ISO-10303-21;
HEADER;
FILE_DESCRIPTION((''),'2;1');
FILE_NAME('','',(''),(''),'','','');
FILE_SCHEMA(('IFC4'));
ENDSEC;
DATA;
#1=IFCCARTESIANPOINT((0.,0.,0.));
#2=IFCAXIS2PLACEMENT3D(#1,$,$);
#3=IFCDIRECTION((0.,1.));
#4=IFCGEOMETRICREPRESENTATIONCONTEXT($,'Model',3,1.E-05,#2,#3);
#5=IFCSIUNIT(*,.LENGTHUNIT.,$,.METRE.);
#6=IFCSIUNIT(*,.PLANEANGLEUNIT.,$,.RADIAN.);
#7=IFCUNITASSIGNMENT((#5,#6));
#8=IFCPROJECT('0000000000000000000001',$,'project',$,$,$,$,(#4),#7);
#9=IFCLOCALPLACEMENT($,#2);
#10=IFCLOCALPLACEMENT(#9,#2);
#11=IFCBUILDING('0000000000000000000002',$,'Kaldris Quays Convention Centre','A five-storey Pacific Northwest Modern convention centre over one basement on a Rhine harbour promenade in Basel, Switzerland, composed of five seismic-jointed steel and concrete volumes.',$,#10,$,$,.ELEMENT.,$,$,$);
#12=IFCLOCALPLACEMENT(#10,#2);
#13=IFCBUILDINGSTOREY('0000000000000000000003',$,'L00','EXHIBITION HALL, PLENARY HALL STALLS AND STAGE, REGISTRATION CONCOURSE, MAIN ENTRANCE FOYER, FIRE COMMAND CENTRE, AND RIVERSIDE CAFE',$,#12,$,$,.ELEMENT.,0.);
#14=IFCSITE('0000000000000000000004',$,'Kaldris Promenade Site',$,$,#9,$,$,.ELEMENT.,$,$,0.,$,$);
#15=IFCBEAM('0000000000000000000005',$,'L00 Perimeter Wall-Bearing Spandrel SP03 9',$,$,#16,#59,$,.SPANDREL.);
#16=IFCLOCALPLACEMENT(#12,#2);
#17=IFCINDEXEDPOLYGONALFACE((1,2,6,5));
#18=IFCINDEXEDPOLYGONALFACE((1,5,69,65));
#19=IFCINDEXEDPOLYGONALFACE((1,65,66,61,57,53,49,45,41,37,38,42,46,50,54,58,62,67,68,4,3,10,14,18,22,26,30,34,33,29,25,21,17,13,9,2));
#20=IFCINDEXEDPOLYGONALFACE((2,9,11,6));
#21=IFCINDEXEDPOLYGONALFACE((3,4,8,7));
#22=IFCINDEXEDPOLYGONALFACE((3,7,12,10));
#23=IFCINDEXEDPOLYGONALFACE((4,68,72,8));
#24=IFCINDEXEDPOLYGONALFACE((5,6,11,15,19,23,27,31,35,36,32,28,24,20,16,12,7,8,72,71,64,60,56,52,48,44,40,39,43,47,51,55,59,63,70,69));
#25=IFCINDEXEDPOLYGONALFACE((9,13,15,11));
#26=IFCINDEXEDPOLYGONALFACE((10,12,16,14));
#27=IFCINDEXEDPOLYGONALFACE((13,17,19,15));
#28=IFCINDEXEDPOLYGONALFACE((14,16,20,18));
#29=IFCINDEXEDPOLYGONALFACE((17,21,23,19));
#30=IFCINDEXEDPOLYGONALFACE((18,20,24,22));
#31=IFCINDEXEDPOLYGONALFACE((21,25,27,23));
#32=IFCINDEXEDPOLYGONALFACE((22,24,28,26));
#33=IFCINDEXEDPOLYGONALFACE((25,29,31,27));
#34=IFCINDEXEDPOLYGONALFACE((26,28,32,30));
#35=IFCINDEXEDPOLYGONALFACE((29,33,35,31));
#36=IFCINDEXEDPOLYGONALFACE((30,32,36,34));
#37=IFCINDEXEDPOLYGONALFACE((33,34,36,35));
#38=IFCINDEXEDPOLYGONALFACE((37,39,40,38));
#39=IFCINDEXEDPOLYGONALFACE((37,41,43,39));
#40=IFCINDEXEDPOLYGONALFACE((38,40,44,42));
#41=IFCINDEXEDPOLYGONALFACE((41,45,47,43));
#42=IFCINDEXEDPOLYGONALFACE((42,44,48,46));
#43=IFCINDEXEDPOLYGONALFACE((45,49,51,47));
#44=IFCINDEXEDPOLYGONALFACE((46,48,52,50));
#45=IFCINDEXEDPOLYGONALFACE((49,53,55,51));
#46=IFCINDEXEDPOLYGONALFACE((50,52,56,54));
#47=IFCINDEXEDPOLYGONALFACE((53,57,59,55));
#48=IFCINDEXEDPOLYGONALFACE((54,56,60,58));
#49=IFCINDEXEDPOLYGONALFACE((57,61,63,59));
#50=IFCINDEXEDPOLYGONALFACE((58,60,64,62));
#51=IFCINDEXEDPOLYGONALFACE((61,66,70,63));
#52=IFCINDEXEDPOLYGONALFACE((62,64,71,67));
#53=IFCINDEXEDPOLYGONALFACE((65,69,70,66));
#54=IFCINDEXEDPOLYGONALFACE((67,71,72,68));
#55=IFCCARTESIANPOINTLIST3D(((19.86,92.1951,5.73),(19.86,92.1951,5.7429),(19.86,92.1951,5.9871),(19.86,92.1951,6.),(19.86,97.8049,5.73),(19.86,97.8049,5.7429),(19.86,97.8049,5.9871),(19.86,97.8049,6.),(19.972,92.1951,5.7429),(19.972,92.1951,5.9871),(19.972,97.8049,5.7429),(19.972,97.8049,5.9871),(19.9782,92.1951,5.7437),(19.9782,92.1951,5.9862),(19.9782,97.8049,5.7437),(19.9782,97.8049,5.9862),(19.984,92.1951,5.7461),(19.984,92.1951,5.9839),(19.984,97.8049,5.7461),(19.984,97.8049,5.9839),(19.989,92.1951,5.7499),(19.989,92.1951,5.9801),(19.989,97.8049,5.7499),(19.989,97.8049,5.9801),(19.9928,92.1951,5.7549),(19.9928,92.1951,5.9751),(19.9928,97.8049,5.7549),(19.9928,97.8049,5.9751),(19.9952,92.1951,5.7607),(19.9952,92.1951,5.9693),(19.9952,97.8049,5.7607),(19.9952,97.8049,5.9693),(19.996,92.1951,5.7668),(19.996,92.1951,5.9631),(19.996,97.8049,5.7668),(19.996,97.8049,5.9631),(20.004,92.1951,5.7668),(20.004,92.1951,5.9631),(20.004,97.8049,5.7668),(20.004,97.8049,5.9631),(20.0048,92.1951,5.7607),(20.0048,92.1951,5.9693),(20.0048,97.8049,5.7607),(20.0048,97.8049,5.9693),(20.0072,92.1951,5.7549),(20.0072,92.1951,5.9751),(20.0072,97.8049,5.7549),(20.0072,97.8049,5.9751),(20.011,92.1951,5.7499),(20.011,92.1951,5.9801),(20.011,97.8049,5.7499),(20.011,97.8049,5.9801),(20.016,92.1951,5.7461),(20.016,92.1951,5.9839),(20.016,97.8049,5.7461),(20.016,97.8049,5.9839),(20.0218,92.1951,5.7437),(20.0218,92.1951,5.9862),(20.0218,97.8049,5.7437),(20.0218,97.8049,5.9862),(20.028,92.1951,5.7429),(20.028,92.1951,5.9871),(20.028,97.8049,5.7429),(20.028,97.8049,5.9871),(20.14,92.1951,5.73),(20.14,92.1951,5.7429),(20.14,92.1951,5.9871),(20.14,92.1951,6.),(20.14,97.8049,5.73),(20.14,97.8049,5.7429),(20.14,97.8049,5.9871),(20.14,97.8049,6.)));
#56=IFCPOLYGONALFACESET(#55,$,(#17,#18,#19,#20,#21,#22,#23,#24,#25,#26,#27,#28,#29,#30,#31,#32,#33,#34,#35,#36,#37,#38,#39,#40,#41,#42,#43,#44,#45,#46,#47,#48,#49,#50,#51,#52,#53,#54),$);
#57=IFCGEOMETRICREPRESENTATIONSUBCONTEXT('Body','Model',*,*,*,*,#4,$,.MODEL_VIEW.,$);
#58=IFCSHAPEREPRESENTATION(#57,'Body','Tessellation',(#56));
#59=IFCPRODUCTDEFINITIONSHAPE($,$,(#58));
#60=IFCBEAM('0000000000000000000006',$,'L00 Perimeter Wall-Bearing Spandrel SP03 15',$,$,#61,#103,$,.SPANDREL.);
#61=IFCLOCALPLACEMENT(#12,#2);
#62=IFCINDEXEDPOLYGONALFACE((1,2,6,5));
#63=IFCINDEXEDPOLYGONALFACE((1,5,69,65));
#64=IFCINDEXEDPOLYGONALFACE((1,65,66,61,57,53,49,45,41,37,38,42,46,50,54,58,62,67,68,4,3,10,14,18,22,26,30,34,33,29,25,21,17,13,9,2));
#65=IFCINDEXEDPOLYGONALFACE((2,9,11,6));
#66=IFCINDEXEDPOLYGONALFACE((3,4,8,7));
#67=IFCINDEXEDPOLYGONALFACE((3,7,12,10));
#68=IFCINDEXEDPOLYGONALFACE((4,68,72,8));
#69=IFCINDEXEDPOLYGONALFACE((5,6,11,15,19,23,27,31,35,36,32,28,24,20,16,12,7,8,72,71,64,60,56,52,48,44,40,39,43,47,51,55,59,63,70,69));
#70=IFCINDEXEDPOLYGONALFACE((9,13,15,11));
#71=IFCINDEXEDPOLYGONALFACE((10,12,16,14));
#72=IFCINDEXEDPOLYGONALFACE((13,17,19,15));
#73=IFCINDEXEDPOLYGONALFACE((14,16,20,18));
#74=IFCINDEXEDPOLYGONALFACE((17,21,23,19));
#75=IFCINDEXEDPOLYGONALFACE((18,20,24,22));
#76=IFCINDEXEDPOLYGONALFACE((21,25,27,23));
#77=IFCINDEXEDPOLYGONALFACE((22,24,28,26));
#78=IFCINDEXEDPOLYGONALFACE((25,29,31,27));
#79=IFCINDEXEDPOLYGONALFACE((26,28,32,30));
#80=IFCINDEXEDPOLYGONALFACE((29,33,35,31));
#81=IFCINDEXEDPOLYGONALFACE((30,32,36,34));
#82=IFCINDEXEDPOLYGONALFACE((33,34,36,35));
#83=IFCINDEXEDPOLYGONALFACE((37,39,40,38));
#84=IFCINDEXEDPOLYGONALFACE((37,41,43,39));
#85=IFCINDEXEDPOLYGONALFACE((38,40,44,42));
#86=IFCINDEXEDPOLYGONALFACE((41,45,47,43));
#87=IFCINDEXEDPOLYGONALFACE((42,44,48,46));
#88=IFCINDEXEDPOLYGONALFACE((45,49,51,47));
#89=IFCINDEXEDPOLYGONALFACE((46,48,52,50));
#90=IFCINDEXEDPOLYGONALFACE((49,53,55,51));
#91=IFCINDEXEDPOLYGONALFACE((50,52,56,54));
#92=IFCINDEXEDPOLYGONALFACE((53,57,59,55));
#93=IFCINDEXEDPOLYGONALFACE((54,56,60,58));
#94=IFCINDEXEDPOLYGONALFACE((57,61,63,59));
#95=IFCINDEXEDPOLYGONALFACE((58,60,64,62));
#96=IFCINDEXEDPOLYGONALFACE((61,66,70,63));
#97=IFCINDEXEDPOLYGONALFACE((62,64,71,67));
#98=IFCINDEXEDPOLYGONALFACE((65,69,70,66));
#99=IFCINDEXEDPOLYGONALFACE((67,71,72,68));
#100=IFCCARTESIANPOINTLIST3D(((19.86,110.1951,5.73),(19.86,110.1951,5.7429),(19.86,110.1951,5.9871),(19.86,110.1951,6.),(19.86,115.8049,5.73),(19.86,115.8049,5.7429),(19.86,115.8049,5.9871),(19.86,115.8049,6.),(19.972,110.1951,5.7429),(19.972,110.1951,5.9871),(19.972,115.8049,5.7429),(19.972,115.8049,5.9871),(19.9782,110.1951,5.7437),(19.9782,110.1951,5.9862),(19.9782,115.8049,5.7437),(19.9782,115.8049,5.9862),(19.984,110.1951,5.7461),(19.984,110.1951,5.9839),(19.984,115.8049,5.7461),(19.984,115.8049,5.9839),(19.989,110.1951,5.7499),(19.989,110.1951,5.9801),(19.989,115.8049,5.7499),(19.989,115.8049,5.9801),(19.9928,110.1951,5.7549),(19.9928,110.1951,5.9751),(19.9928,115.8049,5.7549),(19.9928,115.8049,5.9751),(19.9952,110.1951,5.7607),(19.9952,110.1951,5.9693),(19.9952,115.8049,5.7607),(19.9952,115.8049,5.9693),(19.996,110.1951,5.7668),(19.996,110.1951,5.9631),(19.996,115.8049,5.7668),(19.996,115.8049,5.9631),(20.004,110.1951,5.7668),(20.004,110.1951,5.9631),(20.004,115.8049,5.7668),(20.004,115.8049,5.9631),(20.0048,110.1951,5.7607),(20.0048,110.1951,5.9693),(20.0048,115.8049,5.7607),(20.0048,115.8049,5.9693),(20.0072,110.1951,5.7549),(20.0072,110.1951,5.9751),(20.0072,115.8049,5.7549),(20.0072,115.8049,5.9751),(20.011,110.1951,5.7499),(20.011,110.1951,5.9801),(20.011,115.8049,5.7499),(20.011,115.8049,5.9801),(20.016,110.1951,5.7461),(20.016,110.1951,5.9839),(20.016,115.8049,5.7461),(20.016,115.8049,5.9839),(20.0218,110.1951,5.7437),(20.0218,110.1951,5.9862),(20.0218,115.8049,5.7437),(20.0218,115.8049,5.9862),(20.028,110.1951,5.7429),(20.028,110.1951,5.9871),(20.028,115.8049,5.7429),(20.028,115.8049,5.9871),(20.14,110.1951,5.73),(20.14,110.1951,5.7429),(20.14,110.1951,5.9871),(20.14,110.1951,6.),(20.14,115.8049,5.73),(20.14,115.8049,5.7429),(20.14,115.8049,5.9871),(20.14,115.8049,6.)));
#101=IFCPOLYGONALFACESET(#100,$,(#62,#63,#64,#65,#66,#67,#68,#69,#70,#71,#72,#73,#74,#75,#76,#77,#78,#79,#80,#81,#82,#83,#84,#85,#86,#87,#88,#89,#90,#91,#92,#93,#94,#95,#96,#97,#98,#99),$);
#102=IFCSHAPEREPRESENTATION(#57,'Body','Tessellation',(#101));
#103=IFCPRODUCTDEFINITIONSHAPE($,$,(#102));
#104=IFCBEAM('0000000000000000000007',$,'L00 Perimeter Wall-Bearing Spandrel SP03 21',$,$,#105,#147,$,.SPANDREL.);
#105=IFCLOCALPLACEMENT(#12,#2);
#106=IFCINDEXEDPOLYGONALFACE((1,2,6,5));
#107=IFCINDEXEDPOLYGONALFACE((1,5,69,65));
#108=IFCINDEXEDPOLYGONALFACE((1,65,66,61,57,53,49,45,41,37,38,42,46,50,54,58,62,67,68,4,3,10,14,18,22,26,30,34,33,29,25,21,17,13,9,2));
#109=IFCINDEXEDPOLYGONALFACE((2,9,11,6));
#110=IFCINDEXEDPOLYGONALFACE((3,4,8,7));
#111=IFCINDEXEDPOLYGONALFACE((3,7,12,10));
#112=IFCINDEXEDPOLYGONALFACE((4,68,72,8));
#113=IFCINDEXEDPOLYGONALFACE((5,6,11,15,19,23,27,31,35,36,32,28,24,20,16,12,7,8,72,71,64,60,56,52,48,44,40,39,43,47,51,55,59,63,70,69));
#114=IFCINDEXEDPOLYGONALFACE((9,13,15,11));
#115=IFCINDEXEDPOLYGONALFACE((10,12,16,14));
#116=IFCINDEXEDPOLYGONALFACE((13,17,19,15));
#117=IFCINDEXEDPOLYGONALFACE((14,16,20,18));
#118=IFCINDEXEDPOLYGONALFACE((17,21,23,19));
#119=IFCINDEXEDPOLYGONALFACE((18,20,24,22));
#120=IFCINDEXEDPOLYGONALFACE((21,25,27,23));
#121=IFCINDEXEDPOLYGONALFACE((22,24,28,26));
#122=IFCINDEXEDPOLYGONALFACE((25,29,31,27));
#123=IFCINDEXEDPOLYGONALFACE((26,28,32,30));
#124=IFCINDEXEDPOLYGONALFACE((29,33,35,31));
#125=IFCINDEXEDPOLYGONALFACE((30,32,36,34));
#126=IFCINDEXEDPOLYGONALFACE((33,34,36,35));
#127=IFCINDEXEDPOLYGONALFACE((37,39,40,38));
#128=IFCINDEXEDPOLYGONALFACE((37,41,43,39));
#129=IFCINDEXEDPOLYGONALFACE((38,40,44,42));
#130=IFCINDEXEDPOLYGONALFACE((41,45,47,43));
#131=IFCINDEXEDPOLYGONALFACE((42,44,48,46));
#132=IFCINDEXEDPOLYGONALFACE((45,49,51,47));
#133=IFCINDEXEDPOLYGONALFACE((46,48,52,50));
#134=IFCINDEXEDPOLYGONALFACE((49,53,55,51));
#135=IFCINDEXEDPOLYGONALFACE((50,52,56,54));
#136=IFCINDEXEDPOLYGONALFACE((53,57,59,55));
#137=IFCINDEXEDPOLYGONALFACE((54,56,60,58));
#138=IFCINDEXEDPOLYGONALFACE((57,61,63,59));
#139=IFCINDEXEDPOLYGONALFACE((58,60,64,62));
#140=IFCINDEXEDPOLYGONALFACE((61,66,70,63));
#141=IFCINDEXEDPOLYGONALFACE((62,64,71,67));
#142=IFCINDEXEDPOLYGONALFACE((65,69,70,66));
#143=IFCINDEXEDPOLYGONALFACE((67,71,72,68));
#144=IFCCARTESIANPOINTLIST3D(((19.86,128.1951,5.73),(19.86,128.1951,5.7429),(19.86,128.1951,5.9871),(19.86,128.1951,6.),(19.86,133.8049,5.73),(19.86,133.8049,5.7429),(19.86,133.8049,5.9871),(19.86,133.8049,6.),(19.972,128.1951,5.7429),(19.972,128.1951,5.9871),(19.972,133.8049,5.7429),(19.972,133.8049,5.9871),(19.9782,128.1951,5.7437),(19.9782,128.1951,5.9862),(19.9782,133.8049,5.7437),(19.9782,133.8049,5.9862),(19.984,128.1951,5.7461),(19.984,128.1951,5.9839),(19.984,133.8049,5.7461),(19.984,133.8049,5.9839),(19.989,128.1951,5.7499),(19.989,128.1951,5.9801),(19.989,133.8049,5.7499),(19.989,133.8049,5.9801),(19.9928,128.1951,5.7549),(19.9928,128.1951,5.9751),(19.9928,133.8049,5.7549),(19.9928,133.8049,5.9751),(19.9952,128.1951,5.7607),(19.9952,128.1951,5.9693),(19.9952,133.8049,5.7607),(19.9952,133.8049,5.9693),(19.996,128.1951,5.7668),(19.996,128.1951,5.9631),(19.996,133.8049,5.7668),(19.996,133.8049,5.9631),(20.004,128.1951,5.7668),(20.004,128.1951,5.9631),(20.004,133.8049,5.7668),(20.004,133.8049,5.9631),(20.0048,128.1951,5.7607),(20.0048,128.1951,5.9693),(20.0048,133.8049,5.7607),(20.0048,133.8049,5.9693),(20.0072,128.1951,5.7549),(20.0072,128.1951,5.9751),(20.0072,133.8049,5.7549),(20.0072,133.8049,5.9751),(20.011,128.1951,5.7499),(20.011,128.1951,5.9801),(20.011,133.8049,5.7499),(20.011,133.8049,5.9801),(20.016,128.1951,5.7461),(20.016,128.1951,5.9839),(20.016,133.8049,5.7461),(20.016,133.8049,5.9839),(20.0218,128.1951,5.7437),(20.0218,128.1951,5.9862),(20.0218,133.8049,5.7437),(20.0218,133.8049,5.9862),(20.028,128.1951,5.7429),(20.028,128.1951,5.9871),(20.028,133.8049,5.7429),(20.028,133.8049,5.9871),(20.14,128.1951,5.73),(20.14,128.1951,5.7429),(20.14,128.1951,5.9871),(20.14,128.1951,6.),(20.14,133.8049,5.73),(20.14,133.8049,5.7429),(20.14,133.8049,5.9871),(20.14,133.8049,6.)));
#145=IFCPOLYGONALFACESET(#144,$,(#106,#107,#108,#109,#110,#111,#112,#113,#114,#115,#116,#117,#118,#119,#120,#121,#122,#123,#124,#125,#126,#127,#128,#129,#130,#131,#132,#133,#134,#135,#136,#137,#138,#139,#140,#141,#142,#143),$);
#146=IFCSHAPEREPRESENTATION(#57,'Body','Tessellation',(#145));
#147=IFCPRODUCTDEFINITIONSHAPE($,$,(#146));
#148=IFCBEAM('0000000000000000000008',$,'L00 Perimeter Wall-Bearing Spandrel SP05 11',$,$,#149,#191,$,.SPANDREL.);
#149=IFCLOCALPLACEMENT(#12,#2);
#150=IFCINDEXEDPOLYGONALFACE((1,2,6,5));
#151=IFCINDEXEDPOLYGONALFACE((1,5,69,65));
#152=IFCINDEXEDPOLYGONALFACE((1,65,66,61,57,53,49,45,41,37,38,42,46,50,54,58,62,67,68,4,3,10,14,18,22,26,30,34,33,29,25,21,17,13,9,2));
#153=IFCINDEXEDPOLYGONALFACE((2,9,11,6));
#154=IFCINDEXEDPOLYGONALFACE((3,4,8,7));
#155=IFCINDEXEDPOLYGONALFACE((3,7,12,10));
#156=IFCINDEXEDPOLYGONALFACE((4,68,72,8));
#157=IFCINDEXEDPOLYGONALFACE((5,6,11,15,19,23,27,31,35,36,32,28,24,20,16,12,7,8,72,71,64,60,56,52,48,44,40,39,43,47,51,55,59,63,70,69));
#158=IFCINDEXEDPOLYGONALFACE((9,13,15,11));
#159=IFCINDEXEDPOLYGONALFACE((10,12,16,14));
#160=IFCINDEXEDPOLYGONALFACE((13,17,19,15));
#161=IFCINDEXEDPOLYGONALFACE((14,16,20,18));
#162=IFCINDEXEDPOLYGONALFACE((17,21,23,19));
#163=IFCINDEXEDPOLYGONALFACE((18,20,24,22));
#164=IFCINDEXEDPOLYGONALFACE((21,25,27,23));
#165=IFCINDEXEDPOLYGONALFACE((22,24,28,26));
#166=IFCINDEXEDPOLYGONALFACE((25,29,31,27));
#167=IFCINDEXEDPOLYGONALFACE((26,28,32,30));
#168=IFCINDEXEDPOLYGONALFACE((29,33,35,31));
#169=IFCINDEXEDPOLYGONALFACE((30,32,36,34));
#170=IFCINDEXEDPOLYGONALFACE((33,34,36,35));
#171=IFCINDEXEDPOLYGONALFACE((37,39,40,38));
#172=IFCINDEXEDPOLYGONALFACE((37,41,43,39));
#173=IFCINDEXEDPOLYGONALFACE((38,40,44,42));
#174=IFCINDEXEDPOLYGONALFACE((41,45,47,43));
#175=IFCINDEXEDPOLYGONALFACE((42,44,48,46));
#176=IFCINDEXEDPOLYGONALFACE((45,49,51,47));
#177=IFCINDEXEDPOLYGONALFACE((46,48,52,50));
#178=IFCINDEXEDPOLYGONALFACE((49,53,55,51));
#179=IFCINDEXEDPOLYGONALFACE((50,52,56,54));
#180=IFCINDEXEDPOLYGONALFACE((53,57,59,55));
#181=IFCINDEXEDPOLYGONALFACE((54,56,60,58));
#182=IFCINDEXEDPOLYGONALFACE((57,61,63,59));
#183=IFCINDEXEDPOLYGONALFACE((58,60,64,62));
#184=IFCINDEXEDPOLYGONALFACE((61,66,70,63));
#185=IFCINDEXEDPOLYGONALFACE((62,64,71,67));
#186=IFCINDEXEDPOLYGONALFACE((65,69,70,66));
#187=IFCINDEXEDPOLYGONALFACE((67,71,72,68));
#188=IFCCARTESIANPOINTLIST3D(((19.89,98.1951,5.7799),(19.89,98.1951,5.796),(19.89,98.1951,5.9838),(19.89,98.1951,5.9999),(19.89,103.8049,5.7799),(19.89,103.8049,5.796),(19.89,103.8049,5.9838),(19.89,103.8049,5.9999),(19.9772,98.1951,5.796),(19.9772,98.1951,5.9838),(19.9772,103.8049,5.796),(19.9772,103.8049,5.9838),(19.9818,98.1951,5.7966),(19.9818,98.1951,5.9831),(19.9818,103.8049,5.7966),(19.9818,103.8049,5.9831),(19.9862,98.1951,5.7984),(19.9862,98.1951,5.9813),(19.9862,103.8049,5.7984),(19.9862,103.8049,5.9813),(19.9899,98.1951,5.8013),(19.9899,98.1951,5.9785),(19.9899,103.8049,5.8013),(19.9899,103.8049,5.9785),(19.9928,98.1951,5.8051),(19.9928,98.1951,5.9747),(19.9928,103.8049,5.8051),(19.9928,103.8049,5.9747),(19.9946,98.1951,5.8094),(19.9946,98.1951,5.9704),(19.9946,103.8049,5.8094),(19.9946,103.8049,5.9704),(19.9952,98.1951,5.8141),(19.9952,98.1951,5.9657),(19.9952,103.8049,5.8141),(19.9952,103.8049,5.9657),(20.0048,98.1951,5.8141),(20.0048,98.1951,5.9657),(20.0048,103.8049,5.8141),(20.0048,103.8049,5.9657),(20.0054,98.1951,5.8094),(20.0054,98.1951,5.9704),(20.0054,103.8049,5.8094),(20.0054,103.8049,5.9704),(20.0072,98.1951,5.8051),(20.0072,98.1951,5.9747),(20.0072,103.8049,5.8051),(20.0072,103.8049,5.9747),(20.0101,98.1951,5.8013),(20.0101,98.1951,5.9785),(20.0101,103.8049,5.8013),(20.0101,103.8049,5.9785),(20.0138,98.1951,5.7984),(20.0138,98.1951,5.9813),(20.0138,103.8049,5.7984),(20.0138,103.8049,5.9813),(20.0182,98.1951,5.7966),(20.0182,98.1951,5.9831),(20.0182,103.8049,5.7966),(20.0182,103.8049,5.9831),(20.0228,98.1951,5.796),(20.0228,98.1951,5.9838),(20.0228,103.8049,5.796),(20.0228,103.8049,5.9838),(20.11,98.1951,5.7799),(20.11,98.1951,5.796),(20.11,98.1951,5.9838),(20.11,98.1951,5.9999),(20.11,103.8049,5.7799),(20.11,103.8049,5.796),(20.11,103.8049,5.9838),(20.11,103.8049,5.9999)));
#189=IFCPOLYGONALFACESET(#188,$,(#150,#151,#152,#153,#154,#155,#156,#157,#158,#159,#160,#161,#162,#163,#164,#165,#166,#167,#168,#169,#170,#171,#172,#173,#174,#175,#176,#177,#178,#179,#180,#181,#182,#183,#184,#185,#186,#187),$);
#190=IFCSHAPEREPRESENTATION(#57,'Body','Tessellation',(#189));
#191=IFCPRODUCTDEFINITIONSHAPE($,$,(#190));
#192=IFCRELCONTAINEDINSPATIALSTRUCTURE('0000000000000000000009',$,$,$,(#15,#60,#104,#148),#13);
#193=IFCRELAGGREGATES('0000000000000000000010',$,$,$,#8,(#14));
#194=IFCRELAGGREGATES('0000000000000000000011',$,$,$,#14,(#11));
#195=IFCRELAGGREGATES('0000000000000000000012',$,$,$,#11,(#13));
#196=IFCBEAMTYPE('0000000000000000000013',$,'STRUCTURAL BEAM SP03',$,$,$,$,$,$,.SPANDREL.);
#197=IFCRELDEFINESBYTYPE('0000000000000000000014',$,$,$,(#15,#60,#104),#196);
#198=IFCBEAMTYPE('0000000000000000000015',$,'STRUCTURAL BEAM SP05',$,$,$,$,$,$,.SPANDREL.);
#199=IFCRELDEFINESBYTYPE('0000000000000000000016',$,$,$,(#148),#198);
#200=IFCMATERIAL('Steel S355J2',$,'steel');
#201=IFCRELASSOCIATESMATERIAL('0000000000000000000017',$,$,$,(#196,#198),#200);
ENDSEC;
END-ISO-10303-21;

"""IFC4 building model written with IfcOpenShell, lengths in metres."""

from ifc_helpers import new_model, si_unit, direction, frame, origin, origin_2d, place, context, subcontext, project, spatial, i_section, extrude, material, material_profile, profile_set, type_object, element, save


model = new_model("IFC4")

# Units and contexts
model_context = context("Model", 3, precision=1e-05, world=origin(), true_north=direction((0.0, 1.0)))
body_context = subcontext(model_context, "Body", "Model", "MODEL_VIEW")
ifc_project = project(units=[si_unit("LENGTHUNIT", "METRE"), si_unit("PLANEANGLEUNIT", "RADIAN")], contexts=[model_context])

# Site, building, storey
site_placement = place(None, origin())
site = spatial("IfcSite", under=ifc_project, at=site_placement, Name="Kaldris Promenade Site", CompositionType="ELEMENT", RefElevation=0.0)
building_placement = place(site_placement, origin())
building = spatial("IfcBuilding", under=site, at=building_placement, Name="Kaldris Quays Convention Centre", Description="A five-storey Pacific Northwest Modern convention centre over one basement on a Rhine harbour promenade in Basel, Switzerland, composed of five seismic-jointed steel and concrete volumes.", CompositionType="ELEMENT")
storey_placement = place(building_placement, origin())
storey = spatial("IfcBuildingStorey", under=building, at=storey_placement, Name="L00", Description="EXHIBITION HALL, PLENARY HALL STALLS AND STAGE, REGISTRATION CONCOURSE, MAIN ENTRANCE FOYER, FIRE COMMAND CENTRE, AND RIVERSIDE CAFE", CompositionType="ELEMENT", Elevation=0.0)

# Shared definitions
ifc_material_1 = material(Name="Steel S355J2", Category="steel")

# Beams
ifc_material_profile_1 = material_profile(ifc_material_1, i_section(OverallWidth=0.28, OverallDepth=0.27, WebThickness=0.0081, FlangeThickness=0.0129, FilletRadius=0.0239, at=origin_2d()), Name="HEA 280")
ifc_profile_set_1 = profile_set([ifc_material_profile_1], Name="Steel S355J2")
beam_type_1 = type_object("IfcBeamType", Name="STRUCTURAL BEAM SP03", PredefinedType="SPANDREL", material=ifc_profile_set_1)
for number, where, z_axis, x_axis, name in (
    (1, (20.0, 92.1951, 5.865), (0.0, 1.0, 0.0), (-1.0, 0.0, 0.0), "L00 Perimeter Wall-Bearing Spandrel SP03 9"),
    (2, (20.0, 110.1951, 5.865), (0.0, 1.0, 0.0), (-1.0, 0.0, 0.0), "L00 Perimeter Wall-Bearing Spandrel SP03 15"),
    (3, (20.0, 128.1951, 5.865), (0.0, 1.0, 0.0), (-1.0, 0.0, 0.0), "L00 Perimeter Wall-Bearing Spandrel SP03 21"),
):
    element("IfcBeam", number, at=place(storey_placement, frame(where, z_axis=z_axis, x_axis=x_axis)), inside=storey, type_object=beam_type_1, Name=name, PredefinedType="SPANDREL", context=body_context, shape_type="SweptSolid", body=[
        extrude(i_section(OverallWidth=0.28, OverallDepth=0.27, WebThickness=0.0081, FlangeThickness=0.0129, FilletRadius=0.0239, at=origin_2d()), origin(), (0.0, 0.0, 1.0), 5.6099),
    ])
ifc_material_profile_2 = material_profile(ifc_material_1, i_section(OverallWidth=0.22, OverallDepth=0.22, WebThickness=0.0095, FlangeThickness=0.0161, FilletRadius=0.0181, at=origin_2d()), Name="HEB 220")
ifc_profile_set_2 = profile_set([ifc_material_profile_2], Name="Steel S355J2")
beam_type_2 = type_object("IfcBeamType", Name="STRUCTURAL BEAM SP05", PredefinedType="SPANDREL", material=ifc_profile_set_2)
for number, where, z_axis, x_axis, name in (
    (4, (20.0, 98.1951, 5.8899), (0.0, 1.0, 0.0), (-1.0, 0.0, 0.0), "L00 Perimeter Wall-Bearing Spandrel SP05 11"),
):
    element("IfcBeam", number, at=place(storey_placement, frame(where, z_axis=z_axis, x_axis=x_axis)), inside=storey, type_object=beam_type_2, Name=name, PredefinedType="SPANDREL", context=body_context, shape_type="SweptSolid", body=[
        extrude(i_section(OverallWidth=0.22, OverallDepth=0.22, WebThickness=0.0095, FlangeThickness=0.0161, FilletRadius=0.0181, at=origin_2d()), origin(), (0.0, 0.0, 1.0), 5.6099),
    ])

save(model, "model.ifc")
